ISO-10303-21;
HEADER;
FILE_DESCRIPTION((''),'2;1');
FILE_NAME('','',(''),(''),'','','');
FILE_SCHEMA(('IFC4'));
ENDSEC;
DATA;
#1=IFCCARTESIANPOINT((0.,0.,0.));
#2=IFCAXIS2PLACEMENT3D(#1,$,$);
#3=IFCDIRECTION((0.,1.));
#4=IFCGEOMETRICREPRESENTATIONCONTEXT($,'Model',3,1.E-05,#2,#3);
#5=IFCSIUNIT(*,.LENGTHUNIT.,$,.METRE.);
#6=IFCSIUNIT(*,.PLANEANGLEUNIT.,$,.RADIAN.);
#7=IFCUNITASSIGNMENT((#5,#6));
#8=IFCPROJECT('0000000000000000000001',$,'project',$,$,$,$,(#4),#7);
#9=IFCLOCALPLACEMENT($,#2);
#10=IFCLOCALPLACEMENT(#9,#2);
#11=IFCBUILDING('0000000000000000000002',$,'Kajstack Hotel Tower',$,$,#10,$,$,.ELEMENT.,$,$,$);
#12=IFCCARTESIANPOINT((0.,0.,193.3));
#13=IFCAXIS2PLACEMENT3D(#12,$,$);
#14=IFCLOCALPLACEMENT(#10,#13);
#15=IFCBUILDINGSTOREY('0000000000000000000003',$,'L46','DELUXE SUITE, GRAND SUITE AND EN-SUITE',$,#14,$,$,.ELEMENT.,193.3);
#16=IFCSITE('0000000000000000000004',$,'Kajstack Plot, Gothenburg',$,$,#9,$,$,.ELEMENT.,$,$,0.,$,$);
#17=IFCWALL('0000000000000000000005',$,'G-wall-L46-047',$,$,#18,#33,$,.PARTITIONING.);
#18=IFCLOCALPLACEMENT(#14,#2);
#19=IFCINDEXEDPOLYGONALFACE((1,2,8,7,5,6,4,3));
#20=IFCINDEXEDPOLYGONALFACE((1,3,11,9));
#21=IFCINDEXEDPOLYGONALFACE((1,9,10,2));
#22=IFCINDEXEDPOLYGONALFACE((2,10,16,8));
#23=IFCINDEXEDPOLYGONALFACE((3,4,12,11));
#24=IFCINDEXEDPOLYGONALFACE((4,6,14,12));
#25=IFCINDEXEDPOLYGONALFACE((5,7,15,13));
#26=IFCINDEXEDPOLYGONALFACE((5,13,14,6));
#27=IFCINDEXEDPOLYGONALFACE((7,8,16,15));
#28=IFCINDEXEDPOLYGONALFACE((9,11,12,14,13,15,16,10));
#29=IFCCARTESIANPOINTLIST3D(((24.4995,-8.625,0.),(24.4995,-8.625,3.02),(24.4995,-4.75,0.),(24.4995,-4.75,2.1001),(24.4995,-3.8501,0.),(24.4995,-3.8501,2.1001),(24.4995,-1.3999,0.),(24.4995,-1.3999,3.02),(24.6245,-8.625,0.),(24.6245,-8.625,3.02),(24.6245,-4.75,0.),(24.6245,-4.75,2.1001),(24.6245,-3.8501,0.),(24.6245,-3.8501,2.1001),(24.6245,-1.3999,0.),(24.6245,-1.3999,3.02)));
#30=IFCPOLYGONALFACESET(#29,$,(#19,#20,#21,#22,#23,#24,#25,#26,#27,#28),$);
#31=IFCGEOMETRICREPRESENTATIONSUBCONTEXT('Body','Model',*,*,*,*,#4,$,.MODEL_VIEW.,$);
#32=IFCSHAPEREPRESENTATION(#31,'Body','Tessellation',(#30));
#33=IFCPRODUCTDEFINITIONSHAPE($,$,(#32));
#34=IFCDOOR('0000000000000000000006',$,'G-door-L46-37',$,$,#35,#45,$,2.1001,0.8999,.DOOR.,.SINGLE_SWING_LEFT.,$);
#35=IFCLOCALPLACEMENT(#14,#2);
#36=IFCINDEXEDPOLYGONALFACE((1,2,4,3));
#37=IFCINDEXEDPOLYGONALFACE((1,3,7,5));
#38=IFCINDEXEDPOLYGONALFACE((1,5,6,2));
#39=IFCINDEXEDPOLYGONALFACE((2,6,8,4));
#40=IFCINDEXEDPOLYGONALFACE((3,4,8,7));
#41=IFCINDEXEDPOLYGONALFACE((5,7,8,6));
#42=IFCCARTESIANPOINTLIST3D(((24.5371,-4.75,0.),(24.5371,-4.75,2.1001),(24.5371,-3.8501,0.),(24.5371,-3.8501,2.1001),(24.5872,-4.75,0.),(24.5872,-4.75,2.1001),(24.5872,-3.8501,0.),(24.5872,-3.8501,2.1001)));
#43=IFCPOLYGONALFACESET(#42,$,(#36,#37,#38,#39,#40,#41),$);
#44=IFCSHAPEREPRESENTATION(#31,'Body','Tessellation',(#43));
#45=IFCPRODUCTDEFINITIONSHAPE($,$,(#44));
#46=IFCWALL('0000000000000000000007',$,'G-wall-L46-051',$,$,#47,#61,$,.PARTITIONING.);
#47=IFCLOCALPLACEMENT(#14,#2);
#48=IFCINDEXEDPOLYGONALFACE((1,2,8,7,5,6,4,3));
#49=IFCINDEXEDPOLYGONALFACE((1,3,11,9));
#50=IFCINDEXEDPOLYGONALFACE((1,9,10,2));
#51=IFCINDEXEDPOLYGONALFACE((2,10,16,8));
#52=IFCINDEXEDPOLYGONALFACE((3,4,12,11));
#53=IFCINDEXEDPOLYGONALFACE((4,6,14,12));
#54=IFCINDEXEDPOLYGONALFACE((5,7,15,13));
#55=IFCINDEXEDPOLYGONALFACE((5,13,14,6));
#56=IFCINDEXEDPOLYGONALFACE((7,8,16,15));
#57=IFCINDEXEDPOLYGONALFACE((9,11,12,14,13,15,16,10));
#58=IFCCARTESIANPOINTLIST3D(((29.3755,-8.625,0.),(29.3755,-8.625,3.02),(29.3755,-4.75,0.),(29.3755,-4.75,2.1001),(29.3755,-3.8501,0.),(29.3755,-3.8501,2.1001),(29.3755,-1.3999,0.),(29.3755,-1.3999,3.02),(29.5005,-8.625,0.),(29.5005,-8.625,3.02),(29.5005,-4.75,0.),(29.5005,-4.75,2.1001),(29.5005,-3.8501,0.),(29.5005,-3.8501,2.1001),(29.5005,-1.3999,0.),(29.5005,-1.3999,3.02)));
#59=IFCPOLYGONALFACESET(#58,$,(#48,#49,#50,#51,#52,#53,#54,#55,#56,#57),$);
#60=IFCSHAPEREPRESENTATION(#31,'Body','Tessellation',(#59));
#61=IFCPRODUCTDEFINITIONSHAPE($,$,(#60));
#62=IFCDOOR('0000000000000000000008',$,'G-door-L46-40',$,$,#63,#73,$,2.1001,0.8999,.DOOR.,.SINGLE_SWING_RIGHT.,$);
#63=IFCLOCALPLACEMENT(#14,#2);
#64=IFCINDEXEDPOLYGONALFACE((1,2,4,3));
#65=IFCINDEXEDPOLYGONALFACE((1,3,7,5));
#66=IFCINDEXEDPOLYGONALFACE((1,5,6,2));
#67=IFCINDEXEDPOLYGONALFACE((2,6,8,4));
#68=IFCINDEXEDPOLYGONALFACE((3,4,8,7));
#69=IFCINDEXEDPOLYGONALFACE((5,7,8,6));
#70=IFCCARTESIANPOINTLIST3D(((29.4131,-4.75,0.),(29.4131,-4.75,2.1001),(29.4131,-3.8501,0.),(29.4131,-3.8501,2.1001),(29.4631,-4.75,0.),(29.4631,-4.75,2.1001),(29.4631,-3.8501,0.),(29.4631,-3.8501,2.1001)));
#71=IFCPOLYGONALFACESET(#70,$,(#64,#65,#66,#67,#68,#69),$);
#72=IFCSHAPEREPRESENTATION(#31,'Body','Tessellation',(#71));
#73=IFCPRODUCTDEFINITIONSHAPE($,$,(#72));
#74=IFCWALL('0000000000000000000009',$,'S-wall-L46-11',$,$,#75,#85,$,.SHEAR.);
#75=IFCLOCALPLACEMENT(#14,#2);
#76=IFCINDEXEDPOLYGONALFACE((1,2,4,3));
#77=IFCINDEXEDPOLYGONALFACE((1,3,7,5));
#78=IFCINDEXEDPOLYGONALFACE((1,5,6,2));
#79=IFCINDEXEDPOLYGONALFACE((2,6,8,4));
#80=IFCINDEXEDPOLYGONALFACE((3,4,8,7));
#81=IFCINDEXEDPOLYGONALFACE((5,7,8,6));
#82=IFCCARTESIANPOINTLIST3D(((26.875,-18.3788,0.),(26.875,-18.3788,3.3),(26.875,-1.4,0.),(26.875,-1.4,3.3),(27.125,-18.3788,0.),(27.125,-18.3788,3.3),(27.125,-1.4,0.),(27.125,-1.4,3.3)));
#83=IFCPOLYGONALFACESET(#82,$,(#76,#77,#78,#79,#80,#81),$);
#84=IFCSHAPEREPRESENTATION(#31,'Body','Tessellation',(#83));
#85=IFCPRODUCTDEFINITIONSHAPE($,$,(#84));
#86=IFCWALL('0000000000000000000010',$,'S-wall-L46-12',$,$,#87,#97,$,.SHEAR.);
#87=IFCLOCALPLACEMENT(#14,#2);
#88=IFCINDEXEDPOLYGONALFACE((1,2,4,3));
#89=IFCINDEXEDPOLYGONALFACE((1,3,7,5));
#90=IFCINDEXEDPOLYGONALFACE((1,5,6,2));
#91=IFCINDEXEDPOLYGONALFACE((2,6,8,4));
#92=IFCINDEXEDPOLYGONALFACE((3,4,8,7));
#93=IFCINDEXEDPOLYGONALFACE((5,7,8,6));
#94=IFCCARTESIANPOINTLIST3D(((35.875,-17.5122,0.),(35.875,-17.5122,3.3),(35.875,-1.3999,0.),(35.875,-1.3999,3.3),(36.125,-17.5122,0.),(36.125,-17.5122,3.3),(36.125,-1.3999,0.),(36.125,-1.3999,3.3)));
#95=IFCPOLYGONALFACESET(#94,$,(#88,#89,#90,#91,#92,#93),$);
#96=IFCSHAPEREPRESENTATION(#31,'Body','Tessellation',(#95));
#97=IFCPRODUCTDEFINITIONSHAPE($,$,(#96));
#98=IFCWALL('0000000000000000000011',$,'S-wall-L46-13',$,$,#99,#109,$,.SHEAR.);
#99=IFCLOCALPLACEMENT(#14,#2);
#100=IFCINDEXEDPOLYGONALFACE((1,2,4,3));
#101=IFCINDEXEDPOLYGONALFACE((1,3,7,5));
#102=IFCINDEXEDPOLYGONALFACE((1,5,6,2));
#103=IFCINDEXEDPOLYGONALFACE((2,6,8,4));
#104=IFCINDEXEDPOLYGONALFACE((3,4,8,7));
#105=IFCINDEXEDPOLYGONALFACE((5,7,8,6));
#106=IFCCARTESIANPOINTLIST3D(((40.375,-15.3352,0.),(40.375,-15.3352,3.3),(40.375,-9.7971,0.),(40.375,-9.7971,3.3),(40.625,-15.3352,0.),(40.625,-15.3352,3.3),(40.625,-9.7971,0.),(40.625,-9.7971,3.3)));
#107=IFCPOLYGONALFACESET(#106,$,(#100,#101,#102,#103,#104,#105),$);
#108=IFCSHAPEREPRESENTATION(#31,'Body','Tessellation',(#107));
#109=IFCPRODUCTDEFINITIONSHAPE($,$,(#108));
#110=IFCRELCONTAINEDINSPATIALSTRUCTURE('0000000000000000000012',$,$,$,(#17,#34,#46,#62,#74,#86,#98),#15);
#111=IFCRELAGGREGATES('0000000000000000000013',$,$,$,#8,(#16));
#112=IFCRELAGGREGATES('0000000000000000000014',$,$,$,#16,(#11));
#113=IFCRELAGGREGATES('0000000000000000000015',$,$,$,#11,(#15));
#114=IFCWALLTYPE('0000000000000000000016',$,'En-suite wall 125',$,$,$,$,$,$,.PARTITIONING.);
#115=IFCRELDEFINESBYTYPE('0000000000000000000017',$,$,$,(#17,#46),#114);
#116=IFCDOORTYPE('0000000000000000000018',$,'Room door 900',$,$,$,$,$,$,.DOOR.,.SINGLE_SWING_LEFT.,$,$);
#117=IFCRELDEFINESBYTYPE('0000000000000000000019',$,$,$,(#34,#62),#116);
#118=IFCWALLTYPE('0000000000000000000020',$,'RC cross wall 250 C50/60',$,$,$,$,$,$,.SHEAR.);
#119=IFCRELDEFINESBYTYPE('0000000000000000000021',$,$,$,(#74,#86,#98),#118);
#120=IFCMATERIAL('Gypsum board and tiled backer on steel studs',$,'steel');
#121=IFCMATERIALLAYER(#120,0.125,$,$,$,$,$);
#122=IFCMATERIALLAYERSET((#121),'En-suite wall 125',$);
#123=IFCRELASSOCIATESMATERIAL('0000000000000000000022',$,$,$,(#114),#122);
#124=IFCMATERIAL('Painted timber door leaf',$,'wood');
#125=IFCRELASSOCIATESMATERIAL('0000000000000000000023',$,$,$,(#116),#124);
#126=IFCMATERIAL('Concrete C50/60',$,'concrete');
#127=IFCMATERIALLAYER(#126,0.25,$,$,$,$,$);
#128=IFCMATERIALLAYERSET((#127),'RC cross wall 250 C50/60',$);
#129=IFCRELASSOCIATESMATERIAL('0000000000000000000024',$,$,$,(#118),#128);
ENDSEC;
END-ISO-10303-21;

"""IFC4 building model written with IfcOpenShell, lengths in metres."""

from ifc_helpers import new_model, si_unit, direction, frame, frame_2d, origin, place, context, subcontext, project, spatial, rectangle, extrude, material, layer, layer_set, type_object, element, fill, save


model = new_model("IFC4")

# Units and contexts
model_context = context("Model", 3, precision=1e-05, world=origin(), true_north=direction((0.0, 1.0)))
body_context = subcontext(model_context, "Body", "Model", "MODEL_VIEW")
ifc_project = project(units=[si_unit("LENGTHUNIT", "METRE"), si_unit("PLANEANGLEUNIT", "RADIAN")], contexts=[model_context])

# Site, building, storey
site_placement = place(None, origin())
site = spatial("IfcSite", under=ifc_project, at=site_placement, Name="Kajstack Plot, Gothenburg", CompositionType="ELEMENT", RefElevation=0.0)
building_placement = place(site_placement, origin())
building = spatial("IfcBuilding", under=site, at=building_placement, Name="Kajstack Hotel Tower", CompositionType="ELEMENT")
storey_placement = place(building_placement, frame((0.0, 0.0, 193.3)))
storey = spatial("IfcBuildingStorey", under=building, at=storey_placement, Name="L46", Description="DELUXE SUITE, GRAND SUITE AND EN-SUITE", CompositionType="ELEMENT", Elevation=193.3)

# Walls, openings, doors
ifc_material_1 = material(Name="Gypsum board and tiled backer on steel studs", Category="steel")
ifc_layer_1 = layer(ifc_material_1, 0.125)
ifc_layer_set_1 = layer_set([ifc_layer_1], Name="En-suite wall 125")
wall_type_1 = type_object("IfcWallType", Name="En-suite wall 125", PredefinedType="PARTITIONING", material=ifc_layer_set_1)
wall_1_placement = place(storey_placement, frame((24.562, -8.625, 0.0), z_axis=(0.0, 0.0, 1.0), x_axis=(0.0, 1.0, 0.0)))
wall_1 = element("IfcWall", 1, at=wall_1_placement, inside=storey, type_object=wall_type_1, Name="G-wall-L46-047", PredefinedType="PARTITIONING", context=body_context, shape_type="SweptSolid", body=[
    extrude(rectangle(XDim=7.2251, YDim=0.125, at=frame_2d((3.6125, 0.0))), origin(), (0.0, 0.0, 1.0), 3.02),
])
opening_1_placement = place(wall_1_placement, frame((3.875, 0.0, 0.0)))
opening_1 = element("IfcOpeningElement", 2, at=opening_1_placement, cuts=wall_1, PredefinedType="OPENING", context=body_context, shape_type="SweptSolid", body=[
    extrude(rectangle(XDim=0.8999, YDim=2.1001, at=frame_2d((0.45, 1.05))), frame((0.0, 0.0725, 0.0), z_axis=(0.0, -1.0, 0.0), x_axis=(1.0, 0.0, 0.0)), (0.0, 0.0, 1.0), 0.145),
])
ifc_material_2 = material(Name="Painted timber door leaf", Category="wood")
door_type = type_object("IfcDoorType", Name="Room door 900", OperationType="SINGLE_SWING_LEFT", PredefinedType="DOOR", material=ifc_material_2)
door_1_placement = place(opening_1_placement, origin())
door_1 = element("IfcDoor", 3, at=door_1_placement, inside=storey, type_object=door_type, Name="G-door-L46-37", OperationType="SINGLE_SWING_LEFT", OverallHeight=2.1001, OverallWidth=0.8999, PredefinedType="DOOR", context=body_context, shape_type="SweptSolid", body=[
    extrude(rectangle(XDim=0.8999, YDim=2.1001, at=frame_2d((0.45, 1.05))), frame((0.0, 0.0249, 0.0), z_axis=(0.0, -1.0, 0.0), x_axis=(1.0, 0.0, 0.0)), (0.0, 0.0, 1.0), 0.05),
])
fill(opening_1, door_1)
wall_2_placement = place(storey_placement, frame((29.438, -8.625, 0.0), z_axis=(0.0, 0.0, 1.0), x_axis=(0.0, 1.0, 0.0)))
wall_2 = element("IfcWall", 4, at=wall_2_placement, inside=storey, type_object=wall_type_1, Name="G-wall-L46-051", PredefinedType="PARTITIONING", context=body_context, shape_type="SweptSolid", body=[
    extrude(rectangle(XDim=7.2251, YDim=0.125, at=frame_2d((3.6125, 0.0))), origin(), (0.0, 0.0, 1.0), 3.02),
])
opening_2_placement = place(wall_2_placement, frame((3.875, 0.0, 0.0)))
opening_2 = element("IfcOpeningElement", 5, at=opening_2_placement, cuts=wall_2, PredefinedType="OPENING", context=body_context, shape_type="SweptSolid", body=[
    extrude(rectangle(XDim=0.8999, YDim=2.1001, at=frame_2d((0.45, 1.05))), frame((0.0, 0.0725, 0.0), z_axis=(0.0, -1.0, 0.0), x_axis=(1.0, 0.0, 0.0)), (0.0, 0.0, 1.0), 0.145),
])
door_2_placement = place(opening_2_placement, origin())
door_2 = element("IfcDoor", 6, at=door_2_placement, inside=storey, type_object=door_type, Name="G-door-L46-40", OperationType="SINGLE_SWING_RIGHT", OverallHeight=2.1001, OverallWidth=0.8999, PredefinedType="DOOR", context=body_context, shape_type="SweptSolid", body=[
    extrude(rectangle(XDim=0.8999, YDim=2.1001, at=frame_2d((0.45, 1.05))), frame((0.0, 0.0249, 0.0), z_axis=(0.0, -1.0, 0.0), x_axis=(1.0, 0.0, 0.0)), (0.0, 0.0, 1.0), 0.05),
])
fill(opening_2, door_2)

# Walls
ifc_material_3 = material(Name="Concrete C50/60", Category="concrete")
ifc_layer_2 = layer(ifc_material_3, 0.25)
ifc_layer_set_2 = layer_set([ifc_layer_2], Name="RC cross wall 250 C50/60")
wall_type_2 = type_object("IfcWallType", Name="RC cross wall 250 C50/60", PredefinedType="SHEAR", material=ifc_layer_set_2)
wall_3_placement = place(storey_placement, frame((27.0, -18.3787, 0.0), z_axis=(0.0, 0.0, 1.0), x_axis=(0.0, 1.0, 0.0)))
element("IfcWall", 7, at=wall_3_placement, inside=storey, type_object=wall_type_2, Name="S-wall-L46-11", PredefinedType="SHEAR", context=body_context, shape_type="SweptSolid", body=[
    extrude(rectangle(XDim=16.9788, YDim=0.25, at=frame_2d((8.4893, 0.0))), origin(), (0.0, 0.0, 1.0), 3.3),
])
wall_4_placement = place(storey_placement, frame((36.0, -17.5122, 0.0), z_axis=(0.0, 0.0, 1.0), x_axis=(0.0, 1.0, 0.0)))
element("IfcWall", 8, at=wall_4_placement, inside=storey, type_object=wall_type_2, Name="S-wall-L46-12", PredefinedType="SHEAR", context=body_context, shape_type="SweptSolid", body=[
    extrude(rectangle(XDim=16.1123, YDim=0.25, at=frame_2d((8.0562, 0.0))), origin(), (0.0, 0.0, 1.0), 3.3),
])
wall_5_placement = place(storey_placement, frame((40.5, -15.3352, 0.0), z_axis=(0.0, 0.0, 1.0), x_axis=(0.0, 1.0, 0.0)))
element("IfcWall", 9, at=wall_5_placement, inside=storey, type_object=wall_type_2, Name="S-wall-L46-13", PredefinedType="SHEAR", context=body_context, shape_type="SweptSolid", body=[
    extrude(rectangle(XDim=5.5381, YDim=0.25, at=frame_2d((2.769, 0.0))), origin(), (0.0, 0.0, 1.0), 3.3),
])

save(model, "model.ifc")
